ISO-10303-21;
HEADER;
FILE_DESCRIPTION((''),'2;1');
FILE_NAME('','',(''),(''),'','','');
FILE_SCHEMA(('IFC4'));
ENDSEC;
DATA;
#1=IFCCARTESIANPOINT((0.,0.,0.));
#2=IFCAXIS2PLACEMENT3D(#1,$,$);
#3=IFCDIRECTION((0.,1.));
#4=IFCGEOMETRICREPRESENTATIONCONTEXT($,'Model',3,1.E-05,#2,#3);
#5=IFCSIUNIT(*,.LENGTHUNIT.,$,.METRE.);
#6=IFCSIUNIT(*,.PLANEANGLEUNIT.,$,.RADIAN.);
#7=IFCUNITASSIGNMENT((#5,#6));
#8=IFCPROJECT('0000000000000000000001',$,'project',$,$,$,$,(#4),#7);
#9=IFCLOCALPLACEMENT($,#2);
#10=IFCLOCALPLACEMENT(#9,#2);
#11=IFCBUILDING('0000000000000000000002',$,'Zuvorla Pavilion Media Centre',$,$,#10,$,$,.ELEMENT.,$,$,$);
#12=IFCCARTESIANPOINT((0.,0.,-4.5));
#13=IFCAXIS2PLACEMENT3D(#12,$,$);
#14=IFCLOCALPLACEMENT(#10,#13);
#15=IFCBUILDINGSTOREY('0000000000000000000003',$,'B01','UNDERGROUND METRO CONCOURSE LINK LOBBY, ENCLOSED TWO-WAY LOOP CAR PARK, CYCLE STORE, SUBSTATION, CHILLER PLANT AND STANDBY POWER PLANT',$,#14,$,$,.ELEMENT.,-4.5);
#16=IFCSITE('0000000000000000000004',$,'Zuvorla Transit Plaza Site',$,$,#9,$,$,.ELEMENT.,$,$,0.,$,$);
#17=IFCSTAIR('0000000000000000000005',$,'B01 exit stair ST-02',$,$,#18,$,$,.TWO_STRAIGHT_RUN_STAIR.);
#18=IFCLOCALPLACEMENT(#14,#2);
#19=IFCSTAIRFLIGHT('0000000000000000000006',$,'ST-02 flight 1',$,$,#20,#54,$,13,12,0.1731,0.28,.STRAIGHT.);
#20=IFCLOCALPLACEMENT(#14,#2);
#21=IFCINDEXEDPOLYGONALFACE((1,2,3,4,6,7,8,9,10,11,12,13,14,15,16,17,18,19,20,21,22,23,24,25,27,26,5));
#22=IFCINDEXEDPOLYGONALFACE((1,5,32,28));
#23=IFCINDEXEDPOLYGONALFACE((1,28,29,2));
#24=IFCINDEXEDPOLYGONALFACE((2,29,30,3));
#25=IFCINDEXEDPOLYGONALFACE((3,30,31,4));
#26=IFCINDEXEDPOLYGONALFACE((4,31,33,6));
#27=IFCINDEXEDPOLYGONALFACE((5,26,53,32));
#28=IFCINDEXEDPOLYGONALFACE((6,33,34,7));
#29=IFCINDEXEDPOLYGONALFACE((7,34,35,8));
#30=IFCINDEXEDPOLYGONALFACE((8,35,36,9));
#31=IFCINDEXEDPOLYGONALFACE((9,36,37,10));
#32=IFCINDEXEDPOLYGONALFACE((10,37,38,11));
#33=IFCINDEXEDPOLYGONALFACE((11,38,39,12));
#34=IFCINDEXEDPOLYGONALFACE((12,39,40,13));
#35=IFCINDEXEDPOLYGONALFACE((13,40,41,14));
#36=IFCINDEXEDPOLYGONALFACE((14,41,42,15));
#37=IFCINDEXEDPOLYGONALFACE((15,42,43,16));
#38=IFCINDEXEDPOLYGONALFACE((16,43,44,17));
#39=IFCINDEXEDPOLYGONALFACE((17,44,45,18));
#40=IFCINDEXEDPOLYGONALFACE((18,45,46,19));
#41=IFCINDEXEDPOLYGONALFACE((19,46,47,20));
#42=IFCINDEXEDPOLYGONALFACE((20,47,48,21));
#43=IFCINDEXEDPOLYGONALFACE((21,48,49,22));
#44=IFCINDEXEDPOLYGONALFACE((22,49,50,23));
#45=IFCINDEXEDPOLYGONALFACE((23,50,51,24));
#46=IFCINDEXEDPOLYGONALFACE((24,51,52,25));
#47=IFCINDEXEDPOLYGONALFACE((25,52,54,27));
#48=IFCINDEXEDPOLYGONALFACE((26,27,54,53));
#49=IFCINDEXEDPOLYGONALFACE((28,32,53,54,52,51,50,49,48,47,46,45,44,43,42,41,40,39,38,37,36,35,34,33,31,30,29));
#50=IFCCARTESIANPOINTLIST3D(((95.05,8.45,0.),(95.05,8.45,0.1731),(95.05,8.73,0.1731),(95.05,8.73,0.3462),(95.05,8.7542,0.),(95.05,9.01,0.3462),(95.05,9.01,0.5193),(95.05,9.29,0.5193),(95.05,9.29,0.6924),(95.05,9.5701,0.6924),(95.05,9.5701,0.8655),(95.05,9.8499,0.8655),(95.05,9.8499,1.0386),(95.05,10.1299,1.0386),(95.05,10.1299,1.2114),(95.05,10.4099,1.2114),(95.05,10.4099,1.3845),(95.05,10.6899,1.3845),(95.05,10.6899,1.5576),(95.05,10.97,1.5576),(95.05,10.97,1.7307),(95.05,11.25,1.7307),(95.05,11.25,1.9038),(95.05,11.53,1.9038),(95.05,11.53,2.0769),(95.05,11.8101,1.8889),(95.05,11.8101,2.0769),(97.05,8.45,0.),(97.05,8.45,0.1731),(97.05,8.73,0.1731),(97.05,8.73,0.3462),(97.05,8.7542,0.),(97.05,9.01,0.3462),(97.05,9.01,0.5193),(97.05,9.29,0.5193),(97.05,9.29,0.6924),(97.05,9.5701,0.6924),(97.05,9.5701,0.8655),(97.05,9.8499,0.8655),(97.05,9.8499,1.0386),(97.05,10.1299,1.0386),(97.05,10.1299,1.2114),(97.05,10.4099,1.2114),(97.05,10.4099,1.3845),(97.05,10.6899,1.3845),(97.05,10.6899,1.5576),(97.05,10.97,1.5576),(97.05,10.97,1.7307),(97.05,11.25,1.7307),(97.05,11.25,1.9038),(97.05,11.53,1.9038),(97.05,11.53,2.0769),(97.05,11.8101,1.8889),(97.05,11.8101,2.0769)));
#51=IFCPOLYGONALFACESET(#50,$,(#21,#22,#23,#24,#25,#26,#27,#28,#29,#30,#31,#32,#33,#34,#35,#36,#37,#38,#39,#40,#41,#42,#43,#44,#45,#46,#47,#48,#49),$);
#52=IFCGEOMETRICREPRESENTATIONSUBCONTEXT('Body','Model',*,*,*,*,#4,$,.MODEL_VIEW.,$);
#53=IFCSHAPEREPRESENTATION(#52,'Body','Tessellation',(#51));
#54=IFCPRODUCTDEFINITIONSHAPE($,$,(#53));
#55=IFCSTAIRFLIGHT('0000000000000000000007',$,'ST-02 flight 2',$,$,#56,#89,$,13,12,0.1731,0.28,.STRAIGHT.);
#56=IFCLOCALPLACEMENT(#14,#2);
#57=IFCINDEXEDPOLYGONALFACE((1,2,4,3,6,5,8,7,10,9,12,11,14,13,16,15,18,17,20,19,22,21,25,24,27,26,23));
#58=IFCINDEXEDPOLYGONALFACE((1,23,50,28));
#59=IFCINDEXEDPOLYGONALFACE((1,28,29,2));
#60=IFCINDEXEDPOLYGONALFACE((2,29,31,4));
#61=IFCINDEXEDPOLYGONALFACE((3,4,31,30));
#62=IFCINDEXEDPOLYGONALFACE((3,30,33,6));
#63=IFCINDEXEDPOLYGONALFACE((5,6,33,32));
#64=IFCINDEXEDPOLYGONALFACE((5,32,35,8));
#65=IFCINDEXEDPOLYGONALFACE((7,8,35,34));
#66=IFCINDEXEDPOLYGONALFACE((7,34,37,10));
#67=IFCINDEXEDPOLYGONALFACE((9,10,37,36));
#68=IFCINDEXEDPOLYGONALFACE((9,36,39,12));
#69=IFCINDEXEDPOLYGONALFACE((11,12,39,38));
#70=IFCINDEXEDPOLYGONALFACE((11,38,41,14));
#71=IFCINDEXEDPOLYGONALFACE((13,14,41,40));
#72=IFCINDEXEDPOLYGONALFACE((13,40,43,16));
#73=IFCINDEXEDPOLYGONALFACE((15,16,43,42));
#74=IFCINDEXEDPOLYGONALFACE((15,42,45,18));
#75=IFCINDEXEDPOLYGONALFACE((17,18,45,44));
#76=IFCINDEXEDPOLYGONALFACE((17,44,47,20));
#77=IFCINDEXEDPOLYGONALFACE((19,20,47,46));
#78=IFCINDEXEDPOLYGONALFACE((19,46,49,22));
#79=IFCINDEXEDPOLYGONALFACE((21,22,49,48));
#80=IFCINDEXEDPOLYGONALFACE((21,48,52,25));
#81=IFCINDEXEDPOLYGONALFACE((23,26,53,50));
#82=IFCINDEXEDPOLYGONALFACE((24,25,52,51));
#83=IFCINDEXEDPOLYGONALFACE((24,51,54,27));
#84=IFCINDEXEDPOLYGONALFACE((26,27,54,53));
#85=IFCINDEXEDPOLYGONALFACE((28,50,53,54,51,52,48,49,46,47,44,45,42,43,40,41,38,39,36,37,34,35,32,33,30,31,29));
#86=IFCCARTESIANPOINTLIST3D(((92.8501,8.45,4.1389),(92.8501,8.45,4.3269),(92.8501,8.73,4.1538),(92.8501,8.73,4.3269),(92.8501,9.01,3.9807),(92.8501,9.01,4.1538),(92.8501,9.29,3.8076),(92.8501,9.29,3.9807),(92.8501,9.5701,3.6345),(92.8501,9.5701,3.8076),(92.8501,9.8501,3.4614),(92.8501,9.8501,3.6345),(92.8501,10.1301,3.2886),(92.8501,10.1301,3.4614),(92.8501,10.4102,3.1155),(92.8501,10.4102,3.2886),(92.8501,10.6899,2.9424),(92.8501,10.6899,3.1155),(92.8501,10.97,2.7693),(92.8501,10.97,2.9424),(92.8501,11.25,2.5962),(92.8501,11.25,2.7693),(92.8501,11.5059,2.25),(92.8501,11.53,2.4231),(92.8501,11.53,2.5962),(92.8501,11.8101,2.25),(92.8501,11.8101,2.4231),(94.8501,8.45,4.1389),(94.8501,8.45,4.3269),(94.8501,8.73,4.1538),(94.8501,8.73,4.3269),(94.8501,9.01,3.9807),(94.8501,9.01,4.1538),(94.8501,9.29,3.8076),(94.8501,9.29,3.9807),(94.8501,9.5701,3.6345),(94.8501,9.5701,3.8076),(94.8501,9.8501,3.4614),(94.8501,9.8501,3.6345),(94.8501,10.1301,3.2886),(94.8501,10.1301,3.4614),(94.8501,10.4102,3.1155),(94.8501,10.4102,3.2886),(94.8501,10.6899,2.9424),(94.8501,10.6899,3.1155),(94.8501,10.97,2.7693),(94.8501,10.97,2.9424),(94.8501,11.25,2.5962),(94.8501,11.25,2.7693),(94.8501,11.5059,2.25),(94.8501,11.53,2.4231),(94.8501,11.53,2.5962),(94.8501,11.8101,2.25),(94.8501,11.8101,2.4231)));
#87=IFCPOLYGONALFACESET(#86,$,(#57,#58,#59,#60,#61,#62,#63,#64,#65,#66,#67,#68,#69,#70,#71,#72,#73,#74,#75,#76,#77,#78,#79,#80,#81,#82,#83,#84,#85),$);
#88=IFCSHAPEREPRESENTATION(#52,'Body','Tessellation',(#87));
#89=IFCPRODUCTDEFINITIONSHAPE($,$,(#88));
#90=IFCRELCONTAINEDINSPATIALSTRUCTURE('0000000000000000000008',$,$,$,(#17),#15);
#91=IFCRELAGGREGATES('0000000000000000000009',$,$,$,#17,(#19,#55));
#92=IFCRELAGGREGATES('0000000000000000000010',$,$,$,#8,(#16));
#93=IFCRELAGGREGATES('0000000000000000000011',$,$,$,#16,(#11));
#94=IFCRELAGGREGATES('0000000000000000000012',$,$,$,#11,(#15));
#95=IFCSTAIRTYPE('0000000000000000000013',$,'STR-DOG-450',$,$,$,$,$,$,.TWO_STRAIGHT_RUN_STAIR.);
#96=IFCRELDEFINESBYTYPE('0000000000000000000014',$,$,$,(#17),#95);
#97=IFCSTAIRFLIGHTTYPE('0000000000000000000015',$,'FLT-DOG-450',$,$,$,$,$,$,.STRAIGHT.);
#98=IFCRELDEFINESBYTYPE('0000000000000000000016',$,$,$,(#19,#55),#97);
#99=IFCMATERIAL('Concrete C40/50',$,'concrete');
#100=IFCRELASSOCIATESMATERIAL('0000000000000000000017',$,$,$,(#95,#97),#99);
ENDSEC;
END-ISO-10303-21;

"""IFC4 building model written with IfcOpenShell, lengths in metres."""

from ifc_helpers import new_model, si_unit, direction, frame, origin, place, context, subcontext, project, spatial, polyline, outline, extrude, material, type_object, element, aggregate, save


model = new_model("IFC4")

# Units and contexts
model_context = context("Model", 3, precision=1e-05, world=origin(), true_north=direction((0.0, 1.0)))
body_context = subcontext(model_context, "Body", "Model", "MODEL_VIEW")
ifc_project = project(units=[si_unit("LENGTHUNIT", "METRE"), si_unit("PLANEANGLEUNIT", "RADIAN")], contexts=[model_context])

# Site, building, storey
site_placement = place(None, origin())
site = spatial("IfcSite", under=ifc_project, at=site_placement, Name="Zuvorla Transit Plaza Site", CompositionType="ELEMENT", RefElevation=0.0)
building_placement = place(site_placement, origin())
building = spatial("IfcBuilding", under=site, at=building_placement, Name="Zuvorla Pavilion Media Centre", CompositionType="ELEMENT")
storey_placement = place(building_placement, frame((0.0, 0.0, -4.5)))
storey = spatial("IfcBuildingStorey", under=building, at=storey_placement, Name="B01", Description="UNDERGROUND METRO CONCOURSE LINK LOBBY, ENCLOSED TWO-WAY LOOP CAR PARK, CYCLE STORE, SUBSTATION, CHILLER PLANT AND STANDBY POWER PLANT", CompositionType="ELEMENT", Elevation=-4.5)

# Shared definitions
ifc_material_1 = material(Name="Concrete C40/50", Category="concrete")

# Stair, stair flights
stair_type = type_object("IfcStairType", Name="STR-DOG-450", PredefinedType="TWO_STRAIGHT_RUN_STAIR", material=ifc_material_1)
stair_placement = place(storey_placement, origin())
stair = element("IfcStair", 1, at=stair_placement, inside=storey, type_object=stair_type, Name="B01 exit stair ST-02", PredefinedType="TWO_STRAIGHT_RUN_STAIR")
stair_flight_type = type_object("IfcStairFlightType", Name="FLT-DOG-450", PredefinedType="STRAIGHT", material=ifc_material_1)
stair_flight_1_placement = place(storey_placement, frame((96.05, 8.45, 0.0), z_axis=(0.0, 0.0, 1.0), x_axis=(0.0, 1.0, 0.0)))
stair_flight_1 = element("IfcStairFlight", 2, at=stair_flight_1_placement, type_object=stair_flight_type, Name="ST-02 flight 1", NumberOfRisers=13, NumberOfTreads=12, PredefinedType="STRAIGHT", RiserHeight=0.1731, TreadLength=0.28, context=body_context, shape_type="SweptSolid", body=[
    extrude(outline(polyline([(0.0, 0.0), (0.0, 0.1731), (0.28, 0.1731), (0.28, 0.3462), (0.5601, 0.3462), (0.5601, 0.5193), (0.8401, 0.5193), (0.8401, 0.6924), (1.1201, 0.6924), (1.1201, 0.8655), (1.3999, 0.8655), (1.3999, 1.0386), (1.6799, 1.0386), (1.6799, 1.2114), (1.96, 1.2114), (1.96, 1.3845), (2.24, 1.3845), (2.24, 1.5576), (2.52, 1.5576), (2.52, 1.7307), (2.8, 1.7307), (2.8, 1.9038), (3.0801, 1.9038), (3.0801, 2.0769), (3.3601, 2.0769), (3.3601, 2.25), (3.3601, 1.8889), (0.3042, 0.0), (0.0, 0.0)])), frame((0.0, 1.0, 0.0), z_axis=(0.0, -1.0, 0.0), x_axis=(1.0, 0.0, 0.0)), (0.0, 0.0, 1.0), 2.0),
])
stair_flight_2_placement = place(storey_placement, frame((93.8501, 11.8101, 2.25), z_axis=(0.0, 0.0, 1.0), x_axis=(0.0, -1.0, 0.0)))
stair_flight_2 = element("IfcStairFlight", 3, at=stair_flight_2_placement, type_object=stair_flight_type, Name="ST-02 flight 2", NumberOfRisers=13, NumberOfTreads=12, PredefinedType="STRAIGHT", RiserHeight=0.1731, TreadLength=0.28, context=body_context, shape_type="SweptSolid", body=[
    extrude(outline(polyline([(0.0, 0.0), (0.0, 0.1731), (0.28, 0.1731), (0.28, 0.3462), (0.5601, 0.3462), (0.5601, 0.5193), (0.8401, 0.5193), (0.8401, 0.6924), (1.1201, 0.6924), (1.1201, 0.8655), (1.3999, 0.8655), (1.3999, 1.0386), (1.6799, 1.0386), (1.6799, 1.2114), (1.96, 1.2114), (1.96, 1.3845), (2.24, 1.3845), (2.24, 1.5576), (2.52, 1.5576), (2.52, 1.7307), (2.8, 1.7307), (2.8, 1.9038), (3.0801, 1.9038), (3.0801, 2.0769), (3.3601, 2.0769), (3.3601, 2.25), (3.3601, 1.8889), (0.3042, 0.0), (0.0, 0.0)])), frame((0.0, 1.0, 0.0), z_axis=(0.0, -1.0, 0.0), x_axis=(1.0, 0.0, 0.0)), (0.0, 0.0, 1.0), 2.0),
])
aggregate(stair, [stair_flight_1, stair_flight_2])

save(model, "model.ifc")
